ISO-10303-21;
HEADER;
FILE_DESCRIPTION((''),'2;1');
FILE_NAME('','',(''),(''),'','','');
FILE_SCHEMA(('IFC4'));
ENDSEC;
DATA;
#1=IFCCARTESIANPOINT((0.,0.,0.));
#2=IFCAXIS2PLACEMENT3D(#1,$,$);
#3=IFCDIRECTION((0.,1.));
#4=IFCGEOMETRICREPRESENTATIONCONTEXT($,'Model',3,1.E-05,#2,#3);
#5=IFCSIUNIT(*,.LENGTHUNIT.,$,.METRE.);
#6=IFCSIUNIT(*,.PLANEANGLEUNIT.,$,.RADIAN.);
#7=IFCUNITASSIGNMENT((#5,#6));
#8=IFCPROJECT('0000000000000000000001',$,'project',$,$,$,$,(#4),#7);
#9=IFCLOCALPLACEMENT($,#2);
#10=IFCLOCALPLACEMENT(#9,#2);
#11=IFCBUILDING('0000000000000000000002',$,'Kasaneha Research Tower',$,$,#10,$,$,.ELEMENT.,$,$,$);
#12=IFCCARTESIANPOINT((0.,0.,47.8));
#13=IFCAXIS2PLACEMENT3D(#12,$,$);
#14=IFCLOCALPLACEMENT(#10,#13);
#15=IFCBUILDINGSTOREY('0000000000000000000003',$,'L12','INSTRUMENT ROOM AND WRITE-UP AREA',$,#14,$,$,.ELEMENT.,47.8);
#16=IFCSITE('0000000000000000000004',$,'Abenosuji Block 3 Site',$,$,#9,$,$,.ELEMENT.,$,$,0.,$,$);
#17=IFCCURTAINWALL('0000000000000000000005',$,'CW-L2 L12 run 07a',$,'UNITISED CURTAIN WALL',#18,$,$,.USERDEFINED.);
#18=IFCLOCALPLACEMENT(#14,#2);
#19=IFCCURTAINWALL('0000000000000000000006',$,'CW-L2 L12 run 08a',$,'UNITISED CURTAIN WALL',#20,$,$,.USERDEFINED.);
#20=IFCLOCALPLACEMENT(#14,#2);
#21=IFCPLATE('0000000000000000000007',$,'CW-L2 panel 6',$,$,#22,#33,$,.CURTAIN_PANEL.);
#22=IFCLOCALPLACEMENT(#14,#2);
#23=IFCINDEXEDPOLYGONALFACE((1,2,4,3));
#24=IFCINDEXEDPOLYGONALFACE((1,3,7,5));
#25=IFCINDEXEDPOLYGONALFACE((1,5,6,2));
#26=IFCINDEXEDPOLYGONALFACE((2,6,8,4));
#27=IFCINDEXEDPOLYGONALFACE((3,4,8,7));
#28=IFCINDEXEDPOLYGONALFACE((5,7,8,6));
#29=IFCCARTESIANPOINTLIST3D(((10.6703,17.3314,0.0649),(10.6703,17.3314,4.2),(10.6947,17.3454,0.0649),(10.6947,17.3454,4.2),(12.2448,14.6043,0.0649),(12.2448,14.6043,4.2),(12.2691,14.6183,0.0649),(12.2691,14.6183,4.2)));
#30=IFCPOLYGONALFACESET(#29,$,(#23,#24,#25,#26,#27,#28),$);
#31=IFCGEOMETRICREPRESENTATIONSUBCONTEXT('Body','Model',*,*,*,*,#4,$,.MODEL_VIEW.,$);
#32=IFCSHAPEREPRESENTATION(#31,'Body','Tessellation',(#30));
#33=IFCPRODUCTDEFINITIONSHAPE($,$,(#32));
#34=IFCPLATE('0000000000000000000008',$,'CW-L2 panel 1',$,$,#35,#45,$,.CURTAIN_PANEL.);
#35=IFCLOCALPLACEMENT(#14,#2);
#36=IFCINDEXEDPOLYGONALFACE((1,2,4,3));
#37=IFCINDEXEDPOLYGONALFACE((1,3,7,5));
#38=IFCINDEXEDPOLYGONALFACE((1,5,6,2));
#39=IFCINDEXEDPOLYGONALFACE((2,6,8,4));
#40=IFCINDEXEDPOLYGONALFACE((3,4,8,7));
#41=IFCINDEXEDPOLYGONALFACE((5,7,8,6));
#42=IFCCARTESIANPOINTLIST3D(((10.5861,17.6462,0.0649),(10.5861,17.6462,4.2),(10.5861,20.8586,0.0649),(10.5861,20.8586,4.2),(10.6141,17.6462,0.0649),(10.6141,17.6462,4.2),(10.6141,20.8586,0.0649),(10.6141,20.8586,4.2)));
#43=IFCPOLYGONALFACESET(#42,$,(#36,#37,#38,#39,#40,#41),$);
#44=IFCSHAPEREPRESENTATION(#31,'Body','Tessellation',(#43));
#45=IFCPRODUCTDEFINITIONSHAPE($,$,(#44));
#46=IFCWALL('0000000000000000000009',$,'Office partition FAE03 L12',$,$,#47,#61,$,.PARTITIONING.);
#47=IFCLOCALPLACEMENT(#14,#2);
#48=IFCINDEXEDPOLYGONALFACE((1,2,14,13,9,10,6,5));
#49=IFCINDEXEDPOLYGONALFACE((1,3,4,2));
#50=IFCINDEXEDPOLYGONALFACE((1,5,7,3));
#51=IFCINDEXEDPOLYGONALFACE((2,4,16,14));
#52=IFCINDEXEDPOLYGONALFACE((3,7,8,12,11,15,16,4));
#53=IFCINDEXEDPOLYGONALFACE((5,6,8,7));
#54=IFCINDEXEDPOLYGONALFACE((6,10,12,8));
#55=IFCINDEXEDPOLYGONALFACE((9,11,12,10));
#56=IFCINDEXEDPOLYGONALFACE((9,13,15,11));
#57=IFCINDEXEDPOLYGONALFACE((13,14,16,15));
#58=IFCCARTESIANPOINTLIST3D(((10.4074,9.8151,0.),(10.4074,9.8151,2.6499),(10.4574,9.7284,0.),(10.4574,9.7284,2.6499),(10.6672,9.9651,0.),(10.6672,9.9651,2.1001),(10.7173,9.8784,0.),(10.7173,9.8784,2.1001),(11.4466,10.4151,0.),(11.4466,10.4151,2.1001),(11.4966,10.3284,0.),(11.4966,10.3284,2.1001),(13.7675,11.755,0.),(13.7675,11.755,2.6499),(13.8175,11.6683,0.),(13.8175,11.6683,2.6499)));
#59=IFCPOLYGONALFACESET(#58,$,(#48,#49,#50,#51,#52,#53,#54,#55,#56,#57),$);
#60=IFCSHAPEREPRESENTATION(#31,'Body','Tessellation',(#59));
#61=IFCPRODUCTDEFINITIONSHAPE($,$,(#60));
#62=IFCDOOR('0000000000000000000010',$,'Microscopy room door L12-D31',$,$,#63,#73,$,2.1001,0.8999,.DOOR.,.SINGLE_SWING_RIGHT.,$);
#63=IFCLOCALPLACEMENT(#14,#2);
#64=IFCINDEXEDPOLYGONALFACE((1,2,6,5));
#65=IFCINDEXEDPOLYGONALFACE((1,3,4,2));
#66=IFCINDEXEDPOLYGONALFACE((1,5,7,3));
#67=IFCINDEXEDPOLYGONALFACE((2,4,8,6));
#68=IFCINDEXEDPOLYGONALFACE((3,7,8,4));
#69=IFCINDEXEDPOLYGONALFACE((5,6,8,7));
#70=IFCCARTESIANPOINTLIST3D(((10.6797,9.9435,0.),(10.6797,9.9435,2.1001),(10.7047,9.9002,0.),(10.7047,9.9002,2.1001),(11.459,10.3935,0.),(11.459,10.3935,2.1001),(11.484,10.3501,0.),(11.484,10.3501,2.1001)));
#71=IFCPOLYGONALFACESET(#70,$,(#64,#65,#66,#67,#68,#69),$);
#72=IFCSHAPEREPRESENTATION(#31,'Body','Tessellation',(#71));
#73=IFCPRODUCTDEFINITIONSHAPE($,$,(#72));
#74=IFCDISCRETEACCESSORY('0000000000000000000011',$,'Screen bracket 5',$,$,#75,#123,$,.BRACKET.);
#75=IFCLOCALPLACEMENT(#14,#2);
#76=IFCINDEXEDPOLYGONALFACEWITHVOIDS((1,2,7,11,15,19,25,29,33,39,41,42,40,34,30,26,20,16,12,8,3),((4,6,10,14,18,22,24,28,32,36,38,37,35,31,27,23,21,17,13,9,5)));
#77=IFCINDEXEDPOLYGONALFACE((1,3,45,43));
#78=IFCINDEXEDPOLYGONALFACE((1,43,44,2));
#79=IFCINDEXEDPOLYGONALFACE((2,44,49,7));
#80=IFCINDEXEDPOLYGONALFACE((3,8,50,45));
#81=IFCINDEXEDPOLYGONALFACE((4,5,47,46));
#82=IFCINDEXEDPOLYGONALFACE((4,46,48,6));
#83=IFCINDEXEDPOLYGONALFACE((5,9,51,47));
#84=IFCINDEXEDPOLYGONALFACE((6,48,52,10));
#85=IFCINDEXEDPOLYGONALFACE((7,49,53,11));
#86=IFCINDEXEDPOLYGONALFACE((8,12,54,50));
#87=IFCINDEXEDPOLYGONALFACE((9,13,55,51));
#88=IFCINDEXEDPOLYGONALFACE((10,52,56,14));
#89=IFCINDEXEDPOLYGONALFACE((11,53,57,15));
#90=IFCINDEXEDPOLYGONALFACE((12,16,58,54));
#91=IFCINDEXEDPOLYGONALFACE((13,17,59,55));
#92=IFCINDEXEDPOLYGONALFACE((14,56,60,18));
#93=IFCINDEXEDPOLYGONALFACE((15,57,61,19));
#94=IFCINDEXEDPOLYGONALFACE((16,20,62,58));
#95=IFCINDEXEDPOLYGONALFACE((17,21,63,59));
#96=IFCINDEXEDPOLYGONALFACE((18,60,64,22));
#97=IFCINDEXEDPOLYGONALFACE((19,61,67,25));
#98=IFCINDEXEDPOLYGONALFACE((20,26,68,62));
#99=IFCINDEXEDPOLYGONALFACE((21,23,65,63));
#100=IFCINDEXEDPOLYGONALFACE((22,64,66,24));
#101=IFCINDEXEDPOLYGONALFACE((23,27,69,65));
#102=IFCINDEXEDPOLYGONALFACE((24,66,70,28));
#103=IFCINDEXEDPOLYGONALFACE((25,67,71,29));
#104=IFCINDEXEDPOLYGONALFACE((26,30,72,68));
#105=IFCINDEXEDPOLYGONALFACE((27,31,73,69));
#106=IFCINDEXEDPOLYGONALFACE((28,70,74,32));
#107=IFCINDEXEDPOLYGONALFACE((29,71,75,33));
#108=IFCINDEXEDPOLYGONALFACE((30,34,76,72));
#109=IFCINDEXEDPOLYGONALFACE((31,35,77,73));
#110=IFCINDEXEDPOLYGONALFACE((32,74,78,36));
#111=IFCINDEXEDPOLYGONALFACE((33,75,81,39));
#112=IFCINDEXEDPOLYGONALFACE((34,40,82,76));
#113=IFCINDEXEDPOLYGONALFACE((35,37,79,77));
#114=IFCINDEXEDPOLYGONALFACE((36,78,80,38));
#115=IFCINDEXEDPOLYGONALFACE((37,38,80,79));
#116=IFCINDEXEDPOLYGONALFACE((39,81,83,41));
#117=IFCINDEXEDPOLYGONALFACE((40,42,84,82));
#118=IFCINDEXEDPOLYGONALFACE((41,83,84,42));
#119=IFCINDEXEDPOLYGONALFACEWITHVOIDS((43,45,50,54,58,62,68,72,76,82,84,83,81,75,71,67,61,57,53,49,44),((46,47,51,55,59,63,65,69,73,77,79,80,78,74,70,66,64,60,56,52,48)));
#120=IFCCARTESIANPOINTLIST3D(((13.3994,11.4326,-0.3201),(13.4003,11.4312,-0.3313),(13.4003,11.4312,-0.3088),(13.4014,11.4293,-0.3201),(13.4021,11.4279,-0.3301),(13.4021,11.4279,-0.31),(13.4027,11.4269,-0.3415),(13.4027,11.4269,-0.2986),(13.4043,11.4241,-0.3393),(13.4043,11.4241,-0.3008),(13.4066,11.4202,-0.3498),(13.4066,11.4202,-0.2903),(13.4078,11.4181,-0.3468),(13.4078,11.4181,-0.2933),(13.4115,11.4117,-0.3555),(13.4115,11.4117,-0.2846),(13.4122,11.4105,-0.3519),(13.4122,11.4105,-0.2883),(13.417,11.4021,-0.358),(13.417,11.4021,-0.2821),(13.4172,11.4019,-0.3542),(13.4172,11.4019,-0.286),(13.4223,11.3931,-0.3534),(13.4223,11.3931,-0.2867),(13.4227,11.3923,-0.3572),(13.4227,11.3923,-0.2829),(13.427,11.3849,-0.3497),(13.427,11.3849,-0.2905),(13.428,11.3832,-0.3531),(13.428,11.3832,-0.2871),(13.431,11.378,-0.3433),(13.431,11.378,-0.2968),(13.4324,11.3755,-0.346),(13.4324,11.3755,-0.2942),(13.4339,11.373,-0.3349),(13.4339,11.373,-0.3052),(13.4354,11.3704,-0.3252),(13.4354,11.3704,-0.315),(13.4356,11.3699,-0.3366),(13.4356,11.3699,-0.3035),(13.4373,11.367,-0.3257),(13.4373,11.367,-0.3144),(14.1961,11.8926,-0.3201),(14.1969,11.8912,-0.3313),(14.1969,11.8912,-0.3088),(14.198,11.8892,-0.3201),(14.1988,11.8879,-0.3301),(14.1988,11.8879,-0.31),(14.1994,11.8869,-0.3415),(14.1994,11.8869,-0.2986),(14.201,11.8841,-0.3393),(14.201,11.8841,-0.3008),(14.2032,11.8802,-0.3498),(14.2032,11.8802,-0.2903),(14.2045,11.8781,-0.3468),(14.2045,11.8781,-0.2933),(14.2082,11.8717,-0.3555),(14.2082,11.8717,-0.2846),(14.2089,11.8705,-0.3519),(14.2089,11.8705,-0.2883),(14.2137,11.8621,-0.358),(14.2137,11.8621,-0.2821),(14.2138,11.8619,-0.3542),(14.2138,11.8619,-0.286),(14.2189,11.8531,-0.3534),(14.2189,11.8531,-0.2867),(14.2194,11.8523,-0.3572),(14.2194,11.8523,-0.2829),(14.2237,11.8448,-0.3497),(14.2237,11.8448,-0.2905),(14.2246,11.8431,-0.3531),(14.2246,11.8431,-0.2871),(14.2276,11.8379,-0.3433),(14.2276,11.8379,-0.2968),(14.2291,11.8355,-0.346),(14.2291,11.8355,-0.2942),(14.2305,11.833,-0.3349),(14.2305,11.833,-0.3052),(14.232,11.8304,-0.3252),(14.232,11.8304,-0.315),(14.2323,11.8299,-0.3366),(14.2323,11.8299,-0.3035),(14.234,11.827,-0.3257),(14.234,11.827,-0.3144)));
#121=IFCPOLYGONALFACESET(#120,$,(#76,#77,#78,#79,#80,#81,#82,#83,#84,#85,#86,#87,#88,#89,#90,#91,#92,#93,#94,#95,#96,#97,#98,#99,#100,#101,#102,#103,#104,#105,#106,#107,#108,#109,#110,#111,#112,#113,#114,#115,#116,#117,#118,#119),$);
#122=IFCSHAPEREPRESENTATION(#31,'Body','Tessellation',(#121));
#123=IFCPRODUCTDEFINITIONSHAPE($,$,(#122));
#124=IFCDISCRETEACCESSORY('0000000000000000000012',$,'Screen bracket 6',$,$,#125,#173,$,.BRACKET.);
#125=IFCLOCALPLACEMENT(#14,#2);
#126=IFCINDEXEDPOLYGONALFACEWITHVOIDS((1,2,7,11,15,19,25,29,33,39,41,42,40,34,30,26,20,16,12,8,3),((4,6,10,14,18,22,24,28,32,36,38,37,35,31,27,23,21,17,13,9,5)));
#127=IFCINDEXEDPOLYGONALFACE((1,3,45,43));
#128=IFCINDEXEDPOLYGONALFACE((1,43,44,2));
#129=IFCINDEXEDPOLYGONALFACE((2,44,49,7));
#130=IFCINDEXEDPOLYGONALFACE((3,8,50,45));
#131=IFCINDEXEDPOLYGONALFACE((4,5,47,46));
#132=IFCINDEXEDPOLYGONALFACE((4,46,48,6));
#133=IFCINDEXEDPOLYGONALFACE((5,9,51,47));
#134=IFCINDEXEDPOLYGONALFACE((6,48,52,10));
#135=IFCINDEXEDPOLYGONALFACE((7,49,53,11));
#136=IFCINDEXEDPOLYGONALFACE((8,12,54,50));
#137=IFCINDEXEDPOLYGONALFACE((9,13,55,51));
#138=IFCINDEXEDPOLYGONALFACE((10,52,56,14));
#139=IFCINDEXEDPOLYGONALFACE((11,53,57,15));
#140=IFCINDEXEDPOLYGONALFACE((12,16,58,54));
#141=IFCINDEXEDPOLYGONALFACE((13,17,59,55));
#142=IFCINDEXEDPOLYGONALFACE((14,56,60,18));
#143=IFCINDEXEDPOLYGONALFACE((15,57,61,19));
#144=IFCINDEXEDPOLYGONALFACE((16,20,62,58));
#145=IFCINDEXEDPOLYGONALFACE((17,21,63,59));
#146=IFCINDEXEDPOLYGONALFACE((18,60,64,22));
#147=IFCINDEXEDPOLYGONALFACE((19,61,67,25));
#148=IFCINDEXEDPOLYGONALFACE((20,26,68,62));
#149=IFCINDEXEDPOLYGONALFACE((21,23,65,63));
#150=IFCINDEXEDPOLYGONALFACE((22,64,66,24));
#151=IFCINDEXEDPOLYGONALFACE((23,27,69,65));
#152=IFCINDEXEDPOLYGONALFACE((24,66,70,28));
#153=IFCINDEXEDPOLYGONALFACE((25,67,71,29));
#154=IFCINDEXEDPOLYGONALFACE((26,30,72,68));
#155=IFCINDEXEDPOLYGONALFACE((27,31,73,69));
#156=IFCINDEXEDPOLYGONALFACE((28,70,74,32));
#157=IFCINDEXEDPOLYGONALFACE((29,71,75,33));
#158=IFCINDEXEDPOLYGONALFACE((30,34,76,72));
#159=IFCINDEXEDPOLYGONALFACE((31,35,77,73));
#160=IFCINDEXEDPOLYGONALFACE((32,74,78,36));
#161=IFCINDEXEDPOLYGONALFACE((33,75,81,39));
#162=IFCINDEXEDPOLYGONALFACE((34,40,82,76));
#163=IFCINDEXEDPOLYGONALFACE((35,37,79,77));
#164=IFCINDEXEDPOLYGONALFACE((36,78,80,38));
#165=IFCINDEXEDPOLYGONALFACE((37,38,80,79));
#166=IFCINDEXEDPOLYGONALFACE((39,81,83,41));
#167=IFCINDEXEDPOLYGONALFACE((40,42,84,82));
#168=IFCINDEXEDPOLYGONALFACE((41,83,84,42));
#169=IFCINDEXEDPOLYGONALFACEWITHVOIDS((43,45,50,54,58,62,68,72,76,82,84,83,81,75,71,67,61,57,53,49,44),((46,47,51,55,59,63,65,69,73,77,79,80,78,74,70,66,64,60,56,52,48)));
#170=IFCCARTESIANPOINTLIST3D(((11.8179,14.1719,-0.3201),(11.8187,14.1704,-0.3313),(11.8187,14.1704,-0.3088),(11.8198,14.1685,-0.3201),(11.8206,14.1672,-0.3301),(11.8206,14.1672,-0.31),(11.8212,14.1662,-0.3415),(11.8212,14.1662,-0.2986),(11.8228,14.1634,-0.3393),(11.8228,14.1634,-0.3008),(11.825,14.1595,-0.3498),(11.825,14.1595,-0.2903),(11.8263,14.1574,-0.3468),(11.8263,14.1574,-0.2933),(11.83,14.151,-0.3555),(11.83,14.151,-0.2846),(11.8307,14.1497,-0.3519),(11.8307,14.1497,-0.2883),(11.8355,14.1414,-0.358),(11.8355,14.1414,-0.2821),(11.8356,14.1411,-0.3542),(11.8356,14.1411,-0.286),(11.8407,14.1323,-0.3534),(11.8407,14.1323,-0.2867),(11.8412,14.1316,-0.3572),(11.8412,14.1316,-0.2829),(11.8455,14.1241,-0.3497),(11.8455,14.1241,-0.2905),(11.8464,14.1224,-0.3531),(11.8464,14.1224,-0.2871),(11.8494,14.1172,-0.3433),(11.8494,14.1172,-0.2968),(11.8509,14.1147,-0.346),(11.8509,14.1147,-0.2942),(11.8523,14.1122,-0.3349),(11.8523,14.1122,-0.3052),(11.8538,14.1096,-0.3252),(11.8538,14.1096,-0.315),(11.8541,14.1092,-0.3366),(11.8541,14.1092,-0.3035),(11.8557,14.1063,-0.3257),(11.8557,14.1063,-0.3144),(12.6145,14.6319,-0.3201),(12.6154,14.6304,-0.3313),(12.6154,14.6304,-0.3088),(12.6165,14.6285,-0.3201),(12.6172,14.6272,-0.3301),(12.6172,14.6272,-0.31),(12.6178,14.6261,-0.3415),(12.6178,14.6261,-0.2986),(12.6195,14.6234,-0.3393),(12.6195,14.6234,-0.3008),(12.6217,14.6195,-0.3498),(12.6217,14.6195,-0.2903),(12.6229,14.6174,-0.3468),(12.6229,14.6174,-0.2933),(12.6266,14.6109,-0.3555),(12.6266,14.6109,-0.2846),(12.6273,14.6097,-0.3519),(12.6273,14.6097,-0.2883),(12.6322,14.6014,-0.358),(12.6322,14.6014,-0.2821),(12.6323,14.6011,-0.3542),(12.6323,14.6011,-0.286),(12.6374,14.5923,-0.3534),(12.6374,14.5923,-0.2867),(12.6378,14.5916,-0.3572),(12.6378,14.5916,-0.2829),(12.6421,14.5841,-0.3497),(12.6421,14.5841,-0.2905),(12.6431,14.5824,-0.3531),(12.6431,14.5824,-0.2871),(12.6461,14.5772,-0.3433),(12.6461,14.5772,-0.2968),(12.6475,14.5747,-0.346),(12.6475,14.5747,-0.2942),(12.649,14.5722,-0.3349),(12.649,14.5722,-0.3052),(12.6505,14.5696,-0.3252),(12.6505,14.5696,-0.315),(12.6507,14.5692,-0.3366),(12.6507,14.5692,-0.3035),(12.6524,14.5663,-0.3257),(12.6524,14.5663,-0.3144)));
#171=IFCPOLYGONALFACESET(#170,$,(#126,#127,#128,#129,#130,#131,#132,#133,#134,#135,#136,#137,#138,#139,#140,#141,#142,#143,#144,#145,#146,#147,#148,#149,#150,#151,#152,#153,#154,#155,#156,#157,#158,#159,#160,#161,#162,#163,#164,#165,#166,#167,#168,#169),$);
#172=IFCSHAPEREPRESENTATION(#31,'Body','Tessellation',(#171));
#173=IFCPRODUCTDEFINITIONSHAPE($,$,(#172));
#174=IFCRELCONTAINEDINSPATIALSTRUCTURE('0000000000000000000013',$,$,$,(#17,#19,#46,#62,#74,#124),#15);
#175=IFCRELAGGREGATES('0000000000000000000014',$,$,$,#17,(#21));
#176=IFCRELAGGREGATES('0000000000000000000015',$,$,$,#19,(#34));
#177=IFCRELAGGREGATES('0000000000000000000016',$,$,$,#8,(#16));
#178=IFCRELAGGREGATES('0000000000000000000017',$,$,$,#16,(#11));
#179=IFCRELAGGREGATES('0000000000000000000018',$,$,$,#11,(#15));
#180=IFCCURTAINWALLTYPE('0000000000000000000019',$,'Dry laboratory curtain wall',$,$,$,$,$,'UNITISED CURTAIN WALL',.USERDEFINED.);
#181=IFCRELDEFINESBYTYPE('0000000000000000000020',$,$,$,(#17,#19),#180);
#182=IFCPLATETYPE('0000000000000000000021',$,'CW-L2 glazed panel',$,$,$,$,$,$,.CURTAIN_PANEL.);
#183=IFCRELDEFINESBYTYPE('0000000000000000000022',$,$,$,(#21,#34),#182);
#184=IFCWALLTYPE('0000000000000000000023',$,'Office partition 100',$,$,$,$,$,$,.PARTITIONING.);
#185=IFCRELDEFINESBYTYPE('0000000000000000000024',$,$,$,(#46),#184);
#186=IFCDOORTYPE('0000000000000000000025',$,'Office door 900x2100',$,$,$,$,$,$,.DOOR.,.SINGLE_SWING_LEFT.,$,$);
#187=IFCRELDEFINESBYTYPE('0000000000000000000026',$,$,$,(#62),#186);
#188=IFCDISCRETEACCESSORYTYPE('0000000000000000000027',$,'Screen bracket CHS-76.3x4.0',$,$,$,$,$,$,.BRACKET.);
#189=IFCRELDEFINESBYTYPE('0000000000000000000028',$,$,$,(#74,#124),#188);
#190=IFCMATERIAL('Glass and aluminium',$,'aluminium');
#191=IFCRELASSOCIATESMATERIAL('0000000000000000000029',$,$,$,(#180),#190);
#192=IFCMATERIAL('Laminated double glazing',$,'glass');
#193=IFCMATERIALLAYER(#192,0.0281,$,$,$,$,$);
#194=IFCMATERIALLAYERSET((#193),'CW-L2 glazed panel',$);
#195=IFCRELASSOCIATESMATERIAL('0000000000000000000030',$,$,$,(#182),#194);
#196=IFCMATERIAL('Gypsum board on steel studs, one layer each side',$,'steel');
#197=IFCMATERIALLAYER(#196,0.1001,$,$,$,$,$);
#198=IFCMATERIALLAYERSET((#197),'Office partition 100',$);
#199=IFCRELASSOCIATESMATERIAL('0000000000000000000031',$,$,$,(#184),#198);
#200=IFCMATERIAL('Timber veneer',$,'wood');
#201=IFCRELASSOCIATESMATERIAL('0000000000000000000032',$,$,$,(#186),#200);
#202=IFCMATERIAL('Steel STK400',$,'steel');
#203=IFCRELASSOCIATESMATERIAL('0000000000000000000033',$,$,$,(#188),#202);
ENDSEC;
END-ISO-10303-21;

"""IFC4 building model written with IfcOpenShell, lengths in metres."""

from ifc_helpers import new_model, si_unit, direction, frame, frame_2d, origin, origin_2d, place, context, subcontext, project, spatial, rectangle, hollow_circle, extrude, material, layer, layer_set, material_profile, profile_set, type_object, element, fill, aggregate, save


model = new_model("IFC4")

# Units and contexts
model_context = context("Model", 3, precision=1e-05, world=origin(), true_north=direction((0.0, 1.0)))
body_context = subcontext(model_context, "Body", "Model", "MODEL_VIEW")
ifc_project = project(units=[si_unit("LENGTHUNIT", "METRE"), si_unit("PLANEANGLEUNIT", "RADIAN")], contexts=[model_context])

# Site, building, storey
site_placement = place(None, origin())
site = spatial("IfcSite", under=ifc_project, at=site_placement, Name="Abenosuji Block 3 Site", CompositionType="ELEMENT", RefElevation=0.0)
building_placement = place(site_placement, origin())
building = spatial("IfcBuilding", under=site, at=building_placement, Name="Kasaneha Research Tower", CompositionType="ELEMENT")
storey_placement = place(building_placement, frame((0.0, 0.0, 47.8)))
storey = spatial("IfcBuildingStorey", under=building, at=storey_placement, Name="L12", Description="INSTRUMENT ROOM AND WRITE-UP AREA", CompositionType="ELEMENT", Elevation=47.8)

# Curtain walls
ifc_material_1 = material(Name="Glass and aluminium", Category="aluminium")
curtain_wall_type = type_object("IfcCurtainWallType", Name="Dry laboratory curtain wall", ElementType="UNITISED CURTAIN WALL", PredefinedType="USERDEFINED", material=ifc_material_1)
curtain_wall_1_placement = place(storey_placement, origin())
curtain_wall_1 = element("IfcCurtainWall", 1, at=curtain_wall_1_placement, inside=storey, type_object=curtain_wall_type, Name="CW-L2 L12 run 07a", ObjectType="UNITISED CURTAIN WALL", PredefinedType="USERDEFINED")
curtain_wall_2_placement = place(storey_placement, origin())
curtain_wall_2 = element("IfcCurtainWall", 2, at=curtain_wall_2_placement, inside=storey, type_object=curtain_wall_type, Name="CW-L2 L12 run 08a", ObjectType="UNITISED CURTAIN WALL", PredefinedType="USERDEFINED")

# Plates
ifc_material_2 = material(Name="Laminated double glazing", Category="glass")
ifc_layer_1 = layer(ifc_material_2, 0.0281)
ifc_layer_set_1 = layer_set([ifc_layer_1], Name="CW-L2 glazed panel")
plate_type = type_object("IfcPlateType", Name="CW-L2 glazed panel", PredefinedType="CURTAIN_PANEL", material=ifc_layer_set_1)
plate_1_placement = place(storey_placement, frame((11.4697, 15.9749, 0.0649), z_axis=(0.0, 0.0, 1.0), x_axis=(-0.5, 0.866025, 0.0)))
plate_1 = element("IfcPlate", 3, at=plate_1_placement, type_object=plate_type, Name="CW-L2 panel 6", PredefinedType="CURTAIN_PANEL", context=body_context, shape_type="SweptSolid", body=[
    extrude(rectangle(XDim=3.1489, YDim=0.0281, at=origin_2d()), origin(), (0.0, 0.0, 1.0), 4.135),
])
aggregate(curtain_wall_1, [plate_1])
plate_2_placement = place(storey_placement, frame((10.6001, 19.2524, 0.0649), z_axis=(0.0, 0.0, 1.0), x_axis=(0.0, 1.0, 0.0)))
plate_2 = element("IfcPlate", 4, at=plate_2_placement, type_object=plate_type, Name="CW-L2 panel 1", PredefinedType="CURTAIN_PANEL", context=body_context, shape_type="SweptSolid", body=[
    extrude(rectangle(XDim=3.2124, YDim=0.0281, at=origin_2d()), origin(), (0.0, 0.0, 1.0), 4.135),
])
aggregate(curtain_wall_2, [plate_2])

# Wall, opening, door
ifc_material_3 = material(Name="Gypsum board on steel studs, one layer each side", Category="steel")
ifc_layer_2 = layer(ifc_material_3, 0.1001)
ifc_layer_set_2 = layer_set([ifc_layer_2], Name="Office partition 100")
wall_type = type_object("IfcWallType", Name="Office partition 100", PredefinedType="PARTITIONING", material=ifc_layer_set_2)
wall_placement = place(storey_placement, frame((13.7925, 11.7117, 0.0), z_axis=(0.0, 0.0, 1.0), x_axis=(-0.866027, -0.499997, 0.0)))
wall = element("IfcWall", 5, at=wall_placement, inside=storey, type_object=wall_type, Name="Office partition FAE03 L12", PredefinedType="PARTITIONING", context=body_context, shape_type="SweptSolid", body=[
    extrude(rectangle(XDim=3.8799, YDim=0.1001, at=frame_2d((1.9399, 0.0))), origin(), (0.0, 0.0, 1.0), 2.6499),
])
opening_placement = place(wall_placement, frame((2.6799, 0.0, 0.0)))
opening = element("IfcOpeningElement", 6, at=opening_placement, cuts=wall, PredefinedType="OPENING", context=body_context, shape_type="SweptSolid", body=[
    extrude(rectangle(XDim=0.8999, YDim=2.1001, at=frame_2d((0.45, 1.05))), frame((0.0, 0.0601, 0.0), z_axis=(0.0, -1.0, 0.0), x_axis=(1.0, 0.0, 0.0)), (0.0, 0.0, 1.0), 0.1201),
])
ifc_material_4 = material(Name="Timber veneer", Category="wood")
door_type = type_object("IfcDoorType", Name="Office door 900x2100", OperationType="SINGLE_SWING_LEFT", PredefinedType="DOOR", material=ifc_material_4)
door_placement = place(opening_placement, origin())
door = element("IfcDoor", 7, at=door_placement, inside=storey, type_object=door_type, Name="Microscopy room door L12-D31", OperationType="SINGLE_SWING_RIGHT", OverallHeight=2.1001, OverallWidth=0.8999, PredefinedType="DOOR", context=body_context, shape_type="SweptSolid", body=[
    extrude(rectangle(XDim=0.8999, YDim=2.1001, at=frame_2d((0.45, 1.05))), frame((0.0, 0.0249, 0.0), z_axis=(0.0, -1.0, 0.0), x_axis=(1.0, 0.0, 0.0)), (0.0, 0.0, 1.0), 0.05),
])
fill(opening, door)

# Discrete accessories
ifc_material_5 = material(Name="Steel STK400", Category="steel")
ifc_material_profile_1 = material_profile(ifc_material_5, hollow_circle(Radius=0.0381, WallThickness=0.0039, at=origin_2d()), Name="CHS-76.3x4.0")
ifc_profile_set_1 = profile_set([ifc_material_profile_1], Name="Steel STK400")
discrete_accessory_type = type_object("IfcDiscreteAccessoryType", Name="Screen bracket CHS-76.3x4.0", PredefinedType="BRACKET", material=ifc_profile_set_1)
for number, where, z_axis, x_axis, name in (
    (8, (13.4185, 11.3997, -0.3201), (0.866013, 0.500021, 0.0), (-0.500021, 0.866013, 0.0), "Screen bracket 5"),
    (9, (11.8369, 14.1389, -0.3201), (0.866013, 0.500021, 0.0), (-0.500021, 0.866013, 0.0), "Screen bracket 6"),
):
    element("IfcDiscreteAccessory", number, at=place(storey_placement, frame(where, z_axis=z_axis, x_axis=x_axis)), inside=storey, type_object=discrete_accessory_type, Name=name, PredefinedType="BRACKET", context=body_context, shape_type="SweptSolid", body=[
        extrude(hollow_circle(Radius=0.0381, WallThickness=0.0039, at=origin_2d()), origin(), (0.0, 0.0, 1.0), 0.9199),
    ])

save(model, "model.ifc")
